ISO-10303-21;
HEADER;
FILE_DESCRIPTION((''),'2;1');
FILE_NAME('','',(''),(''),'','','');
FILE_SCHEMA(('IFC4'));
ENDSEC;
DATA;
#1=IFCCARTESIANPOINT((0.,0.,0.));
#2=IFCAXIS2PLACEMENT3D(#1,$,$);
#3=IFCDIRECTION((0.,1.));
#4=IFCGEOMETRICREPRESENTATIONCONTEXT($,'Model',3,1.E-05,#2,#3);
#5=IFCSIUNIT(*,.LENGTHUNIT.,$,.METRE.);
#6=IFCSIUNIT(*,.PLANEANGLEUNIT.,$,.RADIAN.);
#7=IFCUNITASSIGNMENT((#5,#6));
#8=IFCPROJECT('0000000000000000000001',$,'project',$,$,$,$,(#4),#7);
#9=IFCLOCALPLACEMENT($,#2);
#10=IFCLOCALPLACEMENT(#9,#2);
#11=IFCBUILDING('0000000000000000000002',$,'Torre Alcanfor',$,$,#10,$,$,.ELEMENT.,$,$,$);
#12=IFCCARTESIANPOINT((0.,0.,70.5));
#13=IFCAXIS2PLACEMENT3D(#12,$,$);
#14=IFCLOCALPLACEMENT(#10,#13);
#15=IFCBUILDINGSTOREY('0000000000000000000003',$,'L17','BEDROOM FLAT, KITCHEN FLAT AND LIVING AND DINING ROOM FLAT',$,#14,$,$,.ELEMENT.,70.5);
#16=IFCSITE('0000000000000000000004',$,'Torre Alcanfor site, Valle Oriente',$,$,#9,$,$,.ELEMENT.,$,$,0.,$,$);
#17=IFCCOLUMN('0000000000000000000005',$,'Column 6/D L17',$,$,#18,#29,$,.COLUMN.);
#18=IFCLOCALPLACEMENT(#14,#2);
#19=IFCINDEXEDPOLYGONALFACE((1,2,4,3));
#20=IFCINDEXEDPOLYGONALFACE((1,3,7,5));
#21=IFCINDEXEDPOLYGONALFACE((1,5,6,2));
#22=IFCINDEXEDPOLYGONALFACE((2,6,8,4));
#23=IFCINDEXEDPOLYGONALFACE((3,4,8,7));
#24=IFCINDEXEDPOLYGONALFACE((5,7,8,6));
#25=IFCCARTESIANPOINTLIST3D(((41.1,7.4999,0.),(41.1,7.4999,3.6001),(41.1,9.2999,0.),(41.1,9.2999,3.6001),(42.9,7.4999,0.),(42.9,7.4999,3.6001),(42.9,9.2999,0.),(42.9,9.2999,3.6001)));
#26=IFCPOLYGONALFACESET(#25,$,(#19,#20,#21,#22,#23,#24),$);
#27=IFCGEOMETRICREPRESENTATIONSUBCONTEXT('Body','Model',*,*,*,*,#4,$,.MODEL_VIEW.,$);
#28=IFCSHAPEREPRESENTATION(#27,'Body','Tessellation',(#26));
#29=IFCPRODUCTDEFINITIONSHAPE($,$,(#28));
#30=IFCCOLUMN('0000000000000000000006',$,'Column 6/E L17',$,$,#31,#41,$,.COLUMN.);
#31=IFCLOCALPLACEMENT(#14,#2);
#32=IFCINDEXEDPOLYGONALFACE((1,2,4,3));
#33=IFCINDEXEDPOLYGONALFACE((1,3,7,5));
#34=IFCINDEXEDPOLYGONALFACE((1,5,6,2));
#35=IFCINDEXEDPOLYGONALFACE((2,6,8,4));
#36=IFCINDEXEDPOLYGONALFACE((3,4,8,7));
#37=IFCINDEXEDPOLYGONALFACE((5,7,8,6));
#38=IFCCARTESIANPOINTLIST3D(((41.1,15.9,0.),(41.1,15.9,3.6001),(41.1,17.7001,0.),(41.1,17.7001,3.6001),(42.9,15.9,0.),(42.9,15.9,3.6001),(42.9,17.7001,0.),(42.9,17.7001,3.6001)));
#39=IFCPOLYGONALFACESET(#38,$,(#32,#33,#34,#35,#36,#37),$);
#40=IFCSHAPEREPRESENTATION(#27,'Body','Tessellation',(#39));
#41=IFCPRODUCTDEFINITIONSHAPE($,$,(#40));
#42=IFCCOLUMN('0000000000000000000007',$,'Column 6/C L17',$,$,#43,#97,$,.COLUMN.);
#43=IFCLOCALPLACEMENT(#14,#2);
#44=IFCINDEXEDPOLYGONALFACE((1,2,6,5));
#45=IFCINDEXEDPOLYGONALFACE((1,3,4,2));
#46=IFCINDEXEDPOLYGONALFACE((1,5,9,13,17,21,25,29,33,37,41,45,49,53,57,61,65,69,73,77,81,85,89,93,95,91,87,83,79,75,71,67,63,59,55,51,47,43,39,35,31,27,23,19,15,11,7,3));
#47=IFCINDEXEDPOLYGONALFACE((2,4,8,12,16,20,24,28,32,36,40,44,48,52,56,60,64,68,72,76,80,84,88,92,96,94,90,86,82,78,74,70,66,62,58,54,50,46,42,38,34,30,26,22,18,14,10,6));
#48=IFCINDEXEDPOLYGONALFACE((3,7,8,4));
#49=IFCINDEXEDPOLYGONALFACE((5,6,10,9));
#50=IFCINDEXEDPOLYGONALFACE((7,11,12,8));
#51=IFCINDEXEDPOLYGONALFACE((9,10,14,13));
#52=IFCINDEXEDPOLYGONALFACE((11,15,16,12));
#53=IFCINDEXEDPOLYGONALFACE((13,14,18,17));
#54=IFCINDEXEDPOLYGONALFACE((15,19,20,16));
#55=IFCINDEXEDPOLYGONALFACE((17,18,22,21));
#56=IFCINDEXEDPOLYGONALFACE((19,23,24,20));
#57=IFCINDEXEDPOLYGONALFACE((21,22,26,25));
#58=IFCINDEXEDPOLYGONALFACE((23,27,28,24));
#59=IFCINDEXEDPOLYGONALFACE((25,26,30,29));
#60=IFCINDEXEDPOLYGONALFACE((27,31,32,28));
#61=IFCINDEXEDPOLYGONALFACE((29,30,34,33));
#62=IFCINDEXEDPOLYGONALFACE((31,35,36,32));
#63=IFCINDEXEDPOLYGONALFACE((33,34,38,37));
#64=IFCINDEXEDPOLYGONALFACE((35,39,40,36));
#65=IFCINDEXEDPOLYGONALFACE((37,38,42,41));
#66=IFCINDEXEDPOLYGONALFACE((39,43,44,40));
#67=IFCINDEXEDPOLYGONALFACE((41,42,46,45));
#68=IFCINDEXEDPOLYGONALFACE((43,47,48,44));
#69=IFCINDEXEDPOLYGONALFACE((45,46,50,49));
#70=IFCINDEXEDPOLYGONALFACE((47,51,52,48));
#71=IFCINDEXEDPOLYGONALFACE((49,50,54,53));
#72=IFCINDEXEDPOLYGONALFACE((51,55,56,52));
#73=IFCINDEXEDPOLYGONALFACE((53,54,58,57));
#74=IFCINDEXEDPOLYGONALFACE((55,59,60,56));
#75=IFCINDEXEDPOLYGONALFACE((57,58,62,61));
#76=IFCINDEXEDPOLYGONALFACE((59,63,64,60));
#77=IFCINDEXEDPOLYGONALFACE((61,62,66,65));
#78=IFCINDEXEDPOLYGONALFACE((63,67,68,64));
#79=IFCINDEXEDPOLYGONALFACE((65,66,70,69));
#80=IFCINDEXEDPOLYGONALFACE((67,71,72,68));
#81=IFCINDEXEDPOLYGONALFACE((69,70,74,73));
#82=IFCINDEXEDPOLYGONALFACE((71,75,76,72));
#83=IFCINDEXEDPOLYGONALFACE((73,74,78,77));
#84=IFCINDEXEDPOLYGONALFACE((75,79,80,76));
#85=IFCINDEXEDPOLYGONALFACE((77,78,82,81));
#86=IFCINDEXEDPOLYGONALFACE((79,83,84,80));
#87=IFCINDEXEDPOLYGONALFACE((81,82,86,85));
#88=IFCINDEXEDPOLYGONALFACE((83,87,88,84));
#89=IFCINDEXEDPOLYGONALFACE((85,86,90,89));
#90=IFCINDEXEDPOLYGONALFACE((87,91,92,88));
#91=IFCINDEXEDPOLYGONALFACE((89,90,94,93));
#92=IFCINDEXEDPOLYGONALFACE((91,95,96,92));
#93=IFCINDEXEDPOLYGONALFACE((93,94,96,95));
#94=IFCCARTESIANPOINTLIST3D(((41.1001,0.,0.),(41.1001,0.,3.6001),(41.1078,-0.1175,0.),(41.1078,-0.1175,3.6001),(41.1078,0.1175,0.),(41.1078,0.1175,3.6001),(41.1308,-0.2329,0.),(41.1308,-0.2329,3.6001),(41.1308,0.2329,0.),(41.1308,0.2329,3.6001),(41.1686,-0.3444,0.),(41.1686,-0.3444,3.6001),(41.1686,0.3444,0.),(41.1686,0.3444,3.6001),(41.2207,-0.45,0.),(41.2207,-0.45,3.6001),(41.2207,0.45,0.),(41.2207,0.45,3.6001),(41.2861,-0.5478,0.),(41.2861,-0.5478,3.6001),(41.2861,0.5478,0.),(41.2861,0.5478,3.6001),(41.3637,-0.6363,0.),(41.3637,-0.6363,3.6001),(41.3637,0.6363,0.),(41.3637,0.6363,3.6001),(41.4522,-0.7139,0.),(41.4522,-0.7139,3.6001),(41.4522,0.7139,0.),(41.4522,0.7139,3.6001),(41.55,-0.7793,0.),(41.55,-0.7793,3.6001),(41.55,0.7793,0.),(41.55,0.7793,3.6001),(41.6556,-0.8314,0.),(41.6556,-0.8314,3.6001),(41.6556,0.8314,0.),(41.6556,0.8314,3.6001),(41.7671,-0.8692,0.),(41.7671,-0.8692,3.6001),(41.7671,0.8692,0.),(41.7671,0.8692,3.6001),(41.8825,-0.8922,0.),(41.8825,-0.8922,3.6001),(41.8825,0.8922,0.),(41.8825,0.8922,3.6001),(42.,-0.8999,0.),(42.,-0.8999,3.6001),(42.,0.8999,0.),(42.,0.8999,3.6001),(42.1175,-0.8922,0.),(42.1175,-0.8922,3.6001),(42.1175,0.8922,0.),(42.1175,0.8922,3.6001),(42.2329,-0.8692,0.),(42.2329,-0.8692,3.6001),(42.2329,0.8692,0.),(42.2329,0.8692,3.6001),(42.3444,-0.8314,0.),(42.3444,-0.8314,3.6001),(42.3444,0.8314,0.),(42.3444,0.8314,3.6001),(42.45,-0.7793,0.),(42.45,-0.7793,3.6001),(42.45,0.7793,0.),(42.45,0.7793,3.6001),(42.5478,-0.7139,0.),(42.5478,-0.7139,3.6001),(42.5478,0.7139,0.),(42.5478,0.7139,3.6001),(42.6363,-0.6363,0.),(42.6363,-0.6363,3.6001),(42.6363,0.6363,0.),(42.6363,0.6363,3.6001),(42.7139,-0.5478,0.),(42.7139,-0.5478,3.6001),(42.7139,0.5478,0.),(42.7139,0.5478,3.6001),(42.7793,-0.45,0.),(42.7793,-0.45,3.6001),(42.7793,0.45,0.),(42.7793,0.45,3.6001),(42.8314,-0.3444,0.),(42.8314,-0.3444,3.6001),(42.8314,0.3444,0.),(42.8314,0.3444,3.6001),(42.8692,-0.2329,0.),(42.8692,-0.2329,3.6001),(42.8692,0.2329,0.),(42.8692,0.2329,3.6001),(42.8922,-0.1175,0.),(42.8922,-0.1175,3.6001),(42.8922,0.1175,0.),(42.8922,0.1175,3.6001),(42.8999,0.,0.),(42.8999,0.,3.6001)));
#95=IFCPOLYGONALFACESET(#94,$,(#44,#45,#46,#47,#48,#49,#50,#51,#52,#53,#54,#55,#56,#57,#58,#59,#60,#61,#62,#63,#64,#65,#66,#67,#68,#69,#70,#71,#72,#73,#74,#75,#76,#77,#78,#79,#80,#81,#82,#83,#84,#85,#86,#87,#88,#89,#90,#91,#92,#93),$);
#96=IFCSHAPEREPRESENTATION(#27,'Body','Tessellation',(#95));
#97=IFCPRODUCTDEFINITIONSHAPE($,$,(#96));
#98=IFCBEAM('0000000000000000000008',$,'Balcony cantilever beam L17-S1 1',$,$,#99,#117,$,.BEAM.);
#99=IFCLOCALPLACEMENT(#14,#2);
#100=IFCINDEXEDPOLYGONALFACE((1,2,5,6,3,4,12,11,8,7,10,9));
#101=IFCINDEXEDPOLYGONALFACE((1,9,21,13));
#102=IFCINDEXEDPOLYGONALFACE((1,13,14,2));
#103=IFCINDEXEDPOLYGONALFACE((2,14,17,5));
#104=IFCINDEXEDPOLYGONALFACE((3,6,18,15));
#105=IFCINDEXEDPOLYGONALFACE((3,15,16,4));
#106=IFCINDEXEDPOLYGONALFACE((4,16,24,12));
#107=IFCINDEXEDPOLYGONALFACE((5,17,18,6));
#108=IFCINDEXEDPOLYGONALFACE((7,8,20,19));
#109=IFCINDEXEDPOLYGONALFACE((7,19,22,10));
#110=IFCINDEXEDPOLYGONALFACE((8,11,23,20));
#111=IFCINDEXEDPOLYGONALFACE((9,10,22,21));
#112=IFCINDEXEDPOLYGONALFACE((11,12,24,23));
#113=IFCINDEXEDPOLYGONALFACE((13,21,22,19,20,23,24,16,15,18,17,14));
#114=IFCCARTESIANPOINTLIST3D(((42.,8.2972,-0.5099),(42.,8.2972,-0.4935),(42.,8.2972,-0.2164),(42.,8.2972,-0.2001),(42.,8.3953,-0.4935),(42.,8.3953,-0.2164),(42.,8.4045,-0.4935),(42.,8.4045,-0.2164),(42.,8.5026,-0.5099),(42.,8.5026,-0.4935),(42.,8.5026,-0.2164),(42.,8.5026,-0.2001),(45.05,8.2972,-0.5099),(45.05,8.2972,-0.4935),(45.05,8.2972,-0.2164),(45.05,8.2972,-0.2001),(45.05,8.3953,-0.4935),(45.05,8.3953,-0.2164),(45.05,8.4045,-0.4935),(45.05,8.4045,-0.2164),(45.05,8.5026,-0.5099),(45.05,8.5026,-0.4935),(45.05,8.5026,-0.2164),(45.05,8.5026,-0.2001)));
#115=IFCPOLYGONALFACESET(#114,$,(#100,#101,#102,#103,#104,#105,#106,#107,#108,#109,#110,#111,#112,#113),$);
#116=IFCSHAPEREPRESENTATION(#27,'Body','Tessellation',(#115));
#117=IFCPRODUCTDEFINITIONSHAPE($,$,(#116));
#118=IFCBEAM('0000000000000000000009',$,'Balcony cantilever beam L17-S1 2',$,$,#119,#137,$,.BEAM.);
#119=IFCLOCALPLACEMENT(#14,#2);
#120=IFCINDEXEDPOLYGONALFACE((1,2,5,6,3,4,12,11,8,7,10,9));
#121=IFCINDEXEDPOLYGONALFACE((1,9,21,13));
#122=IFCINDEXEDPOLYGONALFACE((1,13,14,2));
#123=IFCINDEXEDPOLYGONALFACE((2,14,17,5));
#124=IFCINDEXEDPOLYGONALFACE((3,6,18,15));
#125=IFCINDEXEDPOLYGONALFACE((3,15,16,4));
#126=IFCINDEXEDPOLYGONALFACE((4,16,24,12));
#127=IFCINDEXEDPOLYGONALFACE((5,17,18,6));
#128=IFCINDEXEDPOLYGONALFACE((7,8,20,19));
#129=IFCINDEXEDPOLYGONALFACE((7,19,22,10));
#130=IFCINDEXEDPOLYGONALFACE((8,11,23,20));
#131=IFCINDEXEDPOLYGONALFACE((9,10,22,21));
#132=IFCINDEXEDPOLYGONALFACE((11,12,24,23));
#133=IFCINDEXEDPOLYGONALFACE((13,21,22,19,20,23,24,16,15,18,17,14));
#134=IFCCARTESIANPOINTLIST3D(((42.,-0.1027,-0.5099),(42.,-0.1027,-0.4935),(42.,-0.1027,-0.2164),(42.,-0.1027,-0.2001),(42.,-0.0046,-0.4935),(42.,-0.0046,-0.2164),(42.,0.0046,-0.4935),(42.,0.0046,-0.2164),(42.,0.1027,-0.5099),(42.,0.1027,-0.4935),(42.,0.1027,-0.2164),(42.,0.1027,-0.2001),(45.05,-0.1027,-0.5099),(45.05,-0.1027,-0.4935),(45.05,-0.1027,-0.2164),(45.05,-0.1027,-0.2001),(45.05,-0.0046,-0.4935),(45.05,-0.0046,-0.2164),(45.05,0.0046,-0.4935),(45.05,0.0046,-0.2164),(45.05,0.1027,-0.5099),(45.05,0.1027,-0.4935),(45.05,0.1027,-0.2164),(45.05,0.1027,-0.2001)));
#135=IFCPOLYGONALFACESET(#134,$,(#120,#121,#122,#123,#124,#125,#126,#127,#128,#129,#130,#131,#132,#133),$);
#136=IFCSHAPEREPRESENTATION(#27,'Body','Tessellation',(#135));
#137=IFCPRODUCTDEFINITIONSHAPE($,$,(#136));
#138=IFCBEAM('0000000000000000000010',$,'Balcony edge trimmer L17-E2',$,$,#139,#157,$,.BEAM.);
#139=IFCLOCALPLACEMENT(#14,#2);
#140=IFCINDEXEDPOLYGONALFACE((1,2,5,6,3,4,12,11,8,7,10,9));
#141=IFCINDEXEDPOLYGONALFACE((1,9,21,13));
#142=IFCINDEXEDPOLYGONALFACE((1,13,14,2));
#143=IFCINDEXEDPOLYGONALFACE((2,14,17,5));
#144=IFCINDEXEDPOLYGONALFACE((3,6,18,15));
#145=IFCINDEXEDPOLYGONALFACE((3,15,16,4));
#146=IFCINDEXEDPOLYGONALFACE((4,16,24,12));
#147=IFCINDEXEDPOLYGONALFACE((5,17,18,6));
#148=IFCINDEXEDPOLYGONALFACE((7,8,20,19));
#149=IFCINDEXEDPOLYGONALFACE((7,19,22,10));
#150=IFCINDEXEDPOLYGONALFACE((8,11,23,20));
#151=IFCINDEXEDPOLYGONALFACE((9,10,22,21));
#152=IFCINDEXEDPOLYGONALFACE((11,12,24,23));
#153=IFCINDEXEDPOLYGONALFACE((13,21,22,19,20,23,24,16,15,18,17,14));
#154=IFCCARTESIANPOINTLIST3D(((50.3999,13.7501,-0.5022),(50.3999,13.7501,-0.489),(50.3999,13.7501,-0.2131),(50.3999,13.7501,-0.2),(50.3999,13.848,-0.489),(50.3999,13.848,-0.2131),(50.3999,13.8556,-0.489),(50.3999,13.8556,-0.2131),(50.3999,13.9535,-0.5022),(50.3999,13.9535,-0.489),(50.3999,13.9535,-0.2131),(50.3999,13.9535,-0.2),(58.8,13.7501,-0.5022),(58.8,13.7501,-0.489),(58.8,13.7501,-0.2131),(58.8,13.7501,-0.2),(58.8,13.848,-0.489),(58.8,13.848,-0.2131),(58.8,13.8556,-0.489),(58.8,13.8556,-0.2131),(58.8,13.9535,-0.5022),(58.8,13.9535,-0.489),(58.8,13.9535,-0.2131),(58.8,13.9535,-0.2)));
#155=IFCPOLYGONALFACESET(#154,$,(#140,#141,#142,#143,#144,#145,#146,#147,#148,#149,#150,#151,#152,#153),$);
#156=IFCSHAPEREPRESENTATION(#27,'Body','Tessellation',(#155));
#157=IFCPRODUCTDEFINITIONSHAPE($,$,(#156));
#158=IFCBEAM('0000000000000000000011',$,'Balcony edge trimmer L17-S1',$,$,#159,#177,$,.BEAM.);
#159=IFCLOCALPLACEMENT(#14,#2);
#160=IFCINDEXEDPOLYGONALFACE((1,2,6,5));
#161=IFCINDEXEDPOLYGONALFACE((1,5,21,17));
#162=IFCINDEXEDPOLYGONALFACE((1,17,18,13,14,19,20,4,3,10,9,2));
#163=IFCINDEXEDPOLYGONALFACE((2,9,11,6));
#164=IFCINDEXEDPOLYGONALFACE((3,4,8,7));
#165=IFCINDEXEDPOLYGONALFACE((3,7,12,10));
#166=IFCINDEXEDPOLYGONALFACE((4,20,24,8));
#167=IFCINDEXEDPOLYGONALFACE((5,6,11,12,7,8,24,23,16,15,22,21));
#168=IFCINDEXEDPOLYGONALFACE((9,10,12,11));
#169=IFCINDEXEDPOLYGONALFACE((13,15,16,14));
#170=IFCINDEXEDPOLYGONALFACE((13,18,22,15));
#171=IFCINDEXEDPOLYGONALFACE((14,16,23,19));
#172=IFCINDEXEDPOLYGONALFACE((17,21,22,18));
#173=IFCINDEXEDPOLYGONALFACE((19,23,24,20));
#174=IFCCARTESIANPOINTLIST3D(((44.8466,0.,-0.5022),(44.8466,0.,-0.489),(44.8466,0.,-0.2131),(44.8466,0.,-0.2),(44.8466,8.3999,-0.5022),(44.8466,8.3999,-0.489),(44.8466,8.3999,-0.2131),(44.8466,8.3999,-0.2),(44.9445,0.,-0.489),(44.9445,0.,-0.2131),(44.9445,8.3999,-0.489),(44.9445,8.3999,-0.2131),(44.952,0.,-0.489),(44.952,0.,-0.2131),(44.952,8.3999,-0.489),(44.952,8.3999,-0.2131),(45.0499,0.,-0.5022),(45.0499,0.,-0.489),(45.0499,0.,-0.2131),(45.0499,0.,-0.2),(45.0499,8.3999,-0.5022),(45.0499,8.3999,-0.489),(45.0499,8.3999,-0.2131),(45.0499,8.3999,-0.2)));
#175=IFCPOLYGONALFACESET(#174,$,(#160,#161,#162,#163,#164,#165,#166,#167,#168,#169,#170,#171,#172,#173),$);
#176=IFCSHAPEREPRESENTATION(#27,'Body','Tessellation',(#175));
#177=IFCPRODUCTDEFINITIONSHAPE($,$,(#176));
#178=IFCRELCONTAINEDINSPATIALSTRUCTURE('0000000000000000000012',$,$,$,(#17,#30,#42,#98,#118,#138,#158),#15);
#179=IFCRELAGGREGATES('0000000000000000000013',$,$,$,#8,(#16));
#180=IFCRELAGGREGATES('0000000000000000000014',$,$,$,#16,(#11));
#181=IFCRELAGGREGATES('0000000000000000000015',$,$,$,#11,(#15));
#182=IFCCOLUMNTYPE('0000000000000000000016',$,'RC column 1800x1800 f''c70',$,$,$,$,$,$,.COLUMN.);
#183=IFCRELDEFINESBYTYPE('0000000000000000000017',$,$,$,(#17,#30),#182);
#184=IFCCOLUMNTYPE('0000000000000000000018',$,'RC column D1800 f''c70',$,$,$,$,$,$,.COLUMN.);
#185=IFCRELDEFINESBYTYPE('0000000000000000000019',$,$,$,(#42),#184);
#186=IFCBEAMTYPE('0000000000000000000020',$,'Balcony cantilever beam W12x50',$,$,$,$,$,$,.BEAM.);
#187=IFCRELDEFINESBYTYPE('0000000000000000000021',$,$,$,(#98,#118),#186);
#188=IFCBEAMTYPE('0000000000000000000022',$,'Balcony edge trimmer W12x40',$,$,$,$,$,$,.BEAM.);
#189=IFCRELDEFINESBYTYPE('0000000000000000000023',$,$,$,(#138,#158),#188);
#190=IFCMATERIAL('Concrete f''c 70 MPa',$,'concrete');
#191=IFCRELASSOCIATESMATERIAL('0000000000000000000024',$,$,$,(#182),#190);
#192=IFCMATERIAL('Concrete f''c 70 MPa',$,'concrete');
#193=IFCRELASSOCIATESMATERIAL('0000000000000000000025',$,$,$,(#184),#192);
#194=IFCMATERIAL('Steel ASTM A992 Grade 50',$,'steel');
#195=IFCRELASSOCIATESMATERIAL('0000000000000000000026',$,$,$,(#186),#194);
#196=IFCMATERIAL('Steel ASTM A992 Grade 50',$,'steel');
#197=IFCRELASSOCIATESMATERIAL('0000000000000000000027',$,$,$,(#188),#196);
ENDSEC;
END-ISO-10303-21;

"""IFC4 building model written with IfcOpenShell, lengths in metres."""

from ifc_helpers import new_model, si_unit, direction, frame, origin, origin_2d, place, context, subcontext, project, spatial, rectangle, circle, i_section, extrude, material, material_profile, profile_set, type_object, element, save


model = new_model("IFC4")

# Units and contexts
model_context = context("Model", 3, precision=1e-05, world=origin(), true_north=direction((0.0, 1.0)))
body_context = subcontext(model_context, "Body", "Model", "MODEL_VIEW")
ifc_project = project(units=[si_unit("LENGTHUNIT", "METRE"), si_unit("PLANEANGLEUNIT", "RADIAN")], contexts=[model_context])

# Site, building, storey
site_placement = place(None, origin())
site = spatial("IfcSite", under=ifc_project, at=site_placement, Name="Torre Alcanfor site, Valle Oriente", CompositionType="ELEMENT", RefElevation=0.0)
building_placement = place(site_placement, origin())
building = spatial("IfcBuilding", under=site, at=building_placement, Name="Torre Alcanfor", CompositionType="ELEMENT")
storey_placement = place(building_placement, frame((0.0, 0.0, 70.5)))
storey = spatial("IfcBuildingStorey", under=building, at=storey_placement, Name="L17", Description="BEDROOM FLAT, KITCHEN FLAT AND LIVING AND DINING ROOM FLAT", CompositionType="ELEMENT", Elevation=70.5)

# Columns
ifc_material_1 = material(Name="Concrete f'c 70 MPa", Category="concrete")
ifc_material_profile_1 = material_profile(ifc_material_1, rectangle(XDim=1.8, YDim=1.8, at=origin_2d()), Name="1800x1800")
ifc_profile_set_1 = profile_set([ifc_material_profile_1], Name="Concrete f'c 70 MPa")
column_type_1 = type_object("IfcColumnType", Name="RC column 1800x1800 f'c70", PredefinedType="COLUMN", material=ifc_profile_set_1)
for number, where, z_axis, x_axis, name in (
    (1, (42.0, 8.3999, 0.0), (0.0, 0.0, 1.0), (1.0, 0.0, 0.0), "Column 6/D L17"),
    (2, (42.0, 16.8, 0.0), (0.0, 0.0, 1.0), (1.0, 0.0, 0.0), "Column 6/E L17"),
):
    element("IfcColumn", number, at=place(storey_placement, frame(where, z_axis=z_axis, x_axis=x_axis)), inside=storey, type_object=column_type_1, Name=name, PredefinedType="COLUMN", context=body_context, shape_type="SweptSolid", body=[
        extrude(rectangle(XDim=1.8, YDim=1.8, at=origin_2d()), origin(), (0.0, 0.0, 1.0), 3.6001),
    ])
ifc_material_2 = material(Name="Concrete f'c 70 MPa", Category="concrete")
ifc_material_profile_2 = material_profile(ifc_material_2, circle(Radius=0.8999, at=origin_2d()), Name="D1800")
ifc_profile_set_2 = profile_set([ifc_material_profile_2], Name="Concrete f'c 70 MPa")
column_type_2 = type_object("IfcColumnType", Name="RC column D1800 f'c70", PredefinedType="COLUMN", material=ifc_profile_set_2)
column_placement = place(storey_placement, frame((42.0, 0.0, 0.0), z_axis=(0.0, 0.0, 1.0), x_axis=(1.0, 0.0, 0.0)))
element("IfcColumn", 3, at=column_placement, inside=storey, type_object=column_type_2, Name="Column 6/C L17", PredefinedType="COLUMN", context=body_context, shape_type="SweptSolid", body=[
    extrude(circle(Radius=0.8999, at=origin_2d()), origin(), (0.0, 0.0, 1.0), 3.6001),
])

# Beams
ifc_material_3 = material(Name="Steel ASTM A992 Grade 50", Category="steel")
ifc_material_profile_3 = material_profile(ifc_material_3, i_section(OverallWidth=0.2053, OverallDepth=0.3098, WebThickness=0.0093, FlangeThickness=0.0164, at=origin_2d()), Name="W12x50")
ifc_profile_set_3 = profile_set([ifc_material_profile_3], Name="Steel ASTM A992 Grade 50")
beam_type_1 = type_object("IfcBeamType", Name="Balcony cantilever beam W12x50", PredefinedType="BEAM", material=ifc_profile_set_3)
for number, where, z_axis, x_axis, name in (
    (4, (42.0, 8.3999, -0.355), (1.0, 0.0, 0.0), (0.0, 1.0, 0.0), "Balcony cantilever beam L17-S1 1"),
    (5, (42.0, 0.0, -0.355), (1.0, 0.0, 0.0), (0.0, 1.0, 0.0), "Balcony cantilever beam L17-S1 2"),
):
    element("IfcBeam", number, at=place(storey_placement, frame(where, z_axis=z_axis, x_axis=x_axis)), inside=storey, type_object=beam_type_1, Name=name, PredefinedType="BEAM", context=body_context, shape_type="SweptSolid", body=[
        extrude(i_section(OverallWidth=0.2053, OverallDepth=0.3098, WebThickness=0.0093, FlangeThickness=0.0164, at=origin_2d()), origin(), (0.0, 0.0, 1.0), 3.05),
    ])
ifc_material_4 = material(Name="Steel ASTM A992 Grade 50", Category="steel")
ifc_material_profile_4 = material_profile(ifc_material_4, i_section(OverallWidth=0.2034, OverallDepth=0.3022, WebThickness=0.0076, FlangeThickness=0.0132, at=origin_2d()), Name="W12x40")
ifc_profile_set_4 = profile_set([ifc_material_profile_4], Name="Steel ASTM A992 Grade 50")
beam_type_2 = type_object("IfcBeamType", Name="Balcony edge trimmer W12x40", PredefinedType="BEAM", material=ifc_profile_set_4)
beam_1_placement = place(storey_placement, frame((50.3999, 13.8518, -0.3511), z_axis=(1.0, 0.0, 0.0), x_axis=(0.0, 1.0, 0.0)))
element("IfcBeam", 6, at=beam_1_placement, inside=storey, type_object=beam_type_2, Name="Balcony edge trimmer L17-E2", PredefinedType="BEAM", context=body_context, shape_type="SweptSolid", body=[
    extrude(i_section(OverallWidth=0.2034, OverallDepth=0.3022, WebThickness=0.0076, FlangeThickness=0.0132, at=origin_2d()), origin(), (0.0, 0.0, 1.0), 8.4001),
])
beam_2_placement = place(storey_placement, frame((44.9482, 8.3999, -0.3511), z_axis=(0.0, -1.0, 0.0), x_axis=(1.0, 0.0, 0.0)))
element("IfcBeam", 7, at=beam_2_placement, inside=storey, type_object=beam_type_2, Name="Balcony edge trimmer L17-S1", PredefinedType="BEAM", context=body_context, shape_type="SweptSolid", body=[
    extrude(i_section(OverallWidth=0.2034, OverallDepth=0.3022, WebThickness=0.0076, FlangeThickness=0.0132, at=origin_2d()), origin(), (0.0, 0.0, 1.0), 8.3999),
])

save(model, "model.ifc")
